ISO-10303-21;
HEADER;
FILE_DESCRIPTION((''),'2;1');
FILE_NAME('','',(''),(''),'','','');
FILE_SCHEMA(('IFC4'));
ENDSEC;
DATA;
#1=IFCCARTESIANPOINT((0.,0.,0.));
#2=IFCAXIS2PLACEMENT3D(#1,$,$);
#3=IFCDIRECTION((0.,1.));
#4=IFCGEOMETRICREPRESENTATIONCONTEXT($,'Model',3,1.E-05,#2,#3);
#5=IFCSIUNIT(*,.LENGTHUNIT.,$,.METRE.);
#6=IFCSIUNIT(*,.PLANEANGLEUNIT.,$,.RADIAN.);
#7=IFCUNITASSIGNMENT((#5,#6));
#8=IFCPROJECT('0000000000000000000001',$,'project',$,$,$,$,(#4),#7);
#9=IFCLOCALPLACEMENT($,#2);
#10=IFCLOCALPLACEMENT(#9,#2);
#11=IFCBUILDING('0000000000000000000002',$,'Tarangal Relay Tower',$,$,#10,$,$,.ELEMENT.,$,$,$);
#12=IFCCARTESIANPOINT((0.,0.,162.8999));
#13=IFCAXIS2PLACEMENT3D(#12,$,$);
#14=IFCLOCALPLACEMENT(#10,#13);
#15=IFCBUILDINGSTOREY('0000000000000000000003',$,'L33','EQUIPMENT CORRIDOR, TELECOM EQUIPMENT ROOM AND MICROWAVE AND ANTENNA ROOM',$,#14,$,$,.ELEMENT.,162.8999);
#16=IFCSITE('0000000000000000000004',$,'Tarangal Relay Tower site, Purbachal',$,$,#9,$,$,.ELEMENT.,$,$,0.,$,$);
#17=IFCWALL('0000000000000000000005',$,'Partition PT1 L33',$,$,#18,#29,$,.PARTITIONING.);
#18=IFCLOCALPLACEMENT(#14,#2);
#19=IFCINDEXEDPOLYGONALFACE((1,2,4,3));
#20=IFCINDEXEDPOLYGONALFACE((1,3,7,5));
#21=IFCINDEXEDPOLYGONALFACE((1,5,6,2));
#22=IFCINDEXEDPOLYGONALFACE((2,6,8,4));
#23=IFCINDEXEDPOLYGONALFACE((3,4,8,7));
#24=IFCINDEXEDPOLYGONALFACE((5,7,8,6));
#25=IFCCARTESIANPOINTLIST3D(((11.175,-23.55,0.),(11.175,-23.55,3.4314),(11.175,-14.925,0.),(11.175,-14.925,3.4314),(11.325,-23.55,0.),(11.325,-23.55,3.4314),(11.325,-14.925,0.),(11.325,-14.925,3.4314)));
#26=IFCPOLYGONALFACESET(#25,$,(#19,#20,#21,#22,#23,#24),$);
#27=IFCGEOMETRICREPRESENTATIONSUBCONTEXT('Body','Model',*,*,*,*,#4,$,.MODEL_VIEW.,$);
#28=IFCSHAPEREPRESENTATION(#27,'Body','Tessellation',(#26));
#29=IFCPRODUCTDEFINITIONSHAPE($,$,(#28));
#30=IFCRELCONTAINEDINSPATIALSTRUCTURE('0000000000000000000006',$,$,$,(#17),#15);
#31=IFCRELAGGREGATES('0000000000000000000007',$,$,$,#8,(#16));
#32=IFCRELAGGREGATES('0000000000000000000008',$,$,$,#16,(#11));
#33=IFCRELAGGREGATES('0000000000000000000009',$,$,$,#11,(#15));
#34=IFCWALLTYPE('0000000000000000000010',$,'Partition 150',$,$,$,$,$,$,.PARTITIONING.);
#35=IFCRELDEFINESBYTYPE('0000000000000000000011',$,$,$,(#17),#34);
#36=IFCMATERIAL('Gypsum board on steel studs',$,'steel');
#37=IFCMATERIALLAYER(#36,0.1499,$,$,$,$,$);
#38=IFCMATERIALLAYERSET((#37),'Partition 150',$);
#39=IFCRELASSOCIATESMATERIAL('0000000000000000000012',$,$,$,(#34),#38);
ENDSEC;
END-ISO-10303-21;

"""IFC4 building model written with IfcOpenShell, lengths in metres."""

from ifc_helpers import new_model, si_unit, direction, frame, frame_2d, origin, place, context, subcontext, project, spatial, rectangle, extrude, material, layer, layer_set, type_object, element, save


model = new_model("IFC4")

# Units and contexts
model_context = context("Model", 3, precision=1e-05, world=origin(), true_north=direction((0.0, 1.0)))
body_context = subcontext(model_context, "Body", "Model", "MODEL_VIEW")
ifc_project = project(units=[si_unit("LENGTHUNIT", "METRE"), si_unit("PLANEANGLEUNIT", "RADIAN")], contexts=[model_context])

# Site, building, storey
site_placement = place(None, origin())
site = spatial("IfcSite", under=ifc_project, at=site_placement, Name="Tarangal Relay Tower site, Purbachal", CompositionType="ELEMENT", RefElevation=0.0)
building_placement = place(site_placement, origin())
building = spatial("IfcBuilding", under=site, at=building_placement, Name="Tarangal Relay Tower", CompositionType="ELEMENT")
storey_placement = place(building_placement, frame((0.0, 0.0, 162.8999)))
storey = spatial("IfcBuildingStorey", under=building, at=storey_placement, Name="L33", Description="EQUIPMENT CORRIDOR, TELECOM EQUIPMENT ROOM AND MICROWAVE AND ANTENNA ROOM", CompositionType="ELEMENT", Elevation=162.8999)

# Wall
ifc_material_1 = material(Name="Gypsum board on steel studs", Category="steel")
ifc_layer_1 = layer(ifc_material_1, 0.1499)
ifc_layer_set_1 = layer_set([ifc_layer_1], Name="Partition 150")
wall_type_1 = type_object("IfcWallType", Name="Partition 150", PredefinedType="PARTITIONING", material=ifc_layer_set_1)
wall_1_placement = place(storey_placement, frame((11.25, -23.55, 0.0), z_axis=(0.0, 0.0, 1.0), x_axis=(0.0, 1.0, 0.0)))
element("IfcWall", 1, at=wall_1_placement, inside=storey, type_object=wall_type_1, Name="Partition PT1 L33", PredefinedType="PARTITIONING", context=body_context, shape_type="SweptSolid", body=[
    extrude(rectangle(XDim=8.625, YDim=0.1499, at=frame_2d((4.3125, 0.0))), origin(), (0.0, 0.0, 1.0), 3.4314),
])

save(model, "model.ifc")
